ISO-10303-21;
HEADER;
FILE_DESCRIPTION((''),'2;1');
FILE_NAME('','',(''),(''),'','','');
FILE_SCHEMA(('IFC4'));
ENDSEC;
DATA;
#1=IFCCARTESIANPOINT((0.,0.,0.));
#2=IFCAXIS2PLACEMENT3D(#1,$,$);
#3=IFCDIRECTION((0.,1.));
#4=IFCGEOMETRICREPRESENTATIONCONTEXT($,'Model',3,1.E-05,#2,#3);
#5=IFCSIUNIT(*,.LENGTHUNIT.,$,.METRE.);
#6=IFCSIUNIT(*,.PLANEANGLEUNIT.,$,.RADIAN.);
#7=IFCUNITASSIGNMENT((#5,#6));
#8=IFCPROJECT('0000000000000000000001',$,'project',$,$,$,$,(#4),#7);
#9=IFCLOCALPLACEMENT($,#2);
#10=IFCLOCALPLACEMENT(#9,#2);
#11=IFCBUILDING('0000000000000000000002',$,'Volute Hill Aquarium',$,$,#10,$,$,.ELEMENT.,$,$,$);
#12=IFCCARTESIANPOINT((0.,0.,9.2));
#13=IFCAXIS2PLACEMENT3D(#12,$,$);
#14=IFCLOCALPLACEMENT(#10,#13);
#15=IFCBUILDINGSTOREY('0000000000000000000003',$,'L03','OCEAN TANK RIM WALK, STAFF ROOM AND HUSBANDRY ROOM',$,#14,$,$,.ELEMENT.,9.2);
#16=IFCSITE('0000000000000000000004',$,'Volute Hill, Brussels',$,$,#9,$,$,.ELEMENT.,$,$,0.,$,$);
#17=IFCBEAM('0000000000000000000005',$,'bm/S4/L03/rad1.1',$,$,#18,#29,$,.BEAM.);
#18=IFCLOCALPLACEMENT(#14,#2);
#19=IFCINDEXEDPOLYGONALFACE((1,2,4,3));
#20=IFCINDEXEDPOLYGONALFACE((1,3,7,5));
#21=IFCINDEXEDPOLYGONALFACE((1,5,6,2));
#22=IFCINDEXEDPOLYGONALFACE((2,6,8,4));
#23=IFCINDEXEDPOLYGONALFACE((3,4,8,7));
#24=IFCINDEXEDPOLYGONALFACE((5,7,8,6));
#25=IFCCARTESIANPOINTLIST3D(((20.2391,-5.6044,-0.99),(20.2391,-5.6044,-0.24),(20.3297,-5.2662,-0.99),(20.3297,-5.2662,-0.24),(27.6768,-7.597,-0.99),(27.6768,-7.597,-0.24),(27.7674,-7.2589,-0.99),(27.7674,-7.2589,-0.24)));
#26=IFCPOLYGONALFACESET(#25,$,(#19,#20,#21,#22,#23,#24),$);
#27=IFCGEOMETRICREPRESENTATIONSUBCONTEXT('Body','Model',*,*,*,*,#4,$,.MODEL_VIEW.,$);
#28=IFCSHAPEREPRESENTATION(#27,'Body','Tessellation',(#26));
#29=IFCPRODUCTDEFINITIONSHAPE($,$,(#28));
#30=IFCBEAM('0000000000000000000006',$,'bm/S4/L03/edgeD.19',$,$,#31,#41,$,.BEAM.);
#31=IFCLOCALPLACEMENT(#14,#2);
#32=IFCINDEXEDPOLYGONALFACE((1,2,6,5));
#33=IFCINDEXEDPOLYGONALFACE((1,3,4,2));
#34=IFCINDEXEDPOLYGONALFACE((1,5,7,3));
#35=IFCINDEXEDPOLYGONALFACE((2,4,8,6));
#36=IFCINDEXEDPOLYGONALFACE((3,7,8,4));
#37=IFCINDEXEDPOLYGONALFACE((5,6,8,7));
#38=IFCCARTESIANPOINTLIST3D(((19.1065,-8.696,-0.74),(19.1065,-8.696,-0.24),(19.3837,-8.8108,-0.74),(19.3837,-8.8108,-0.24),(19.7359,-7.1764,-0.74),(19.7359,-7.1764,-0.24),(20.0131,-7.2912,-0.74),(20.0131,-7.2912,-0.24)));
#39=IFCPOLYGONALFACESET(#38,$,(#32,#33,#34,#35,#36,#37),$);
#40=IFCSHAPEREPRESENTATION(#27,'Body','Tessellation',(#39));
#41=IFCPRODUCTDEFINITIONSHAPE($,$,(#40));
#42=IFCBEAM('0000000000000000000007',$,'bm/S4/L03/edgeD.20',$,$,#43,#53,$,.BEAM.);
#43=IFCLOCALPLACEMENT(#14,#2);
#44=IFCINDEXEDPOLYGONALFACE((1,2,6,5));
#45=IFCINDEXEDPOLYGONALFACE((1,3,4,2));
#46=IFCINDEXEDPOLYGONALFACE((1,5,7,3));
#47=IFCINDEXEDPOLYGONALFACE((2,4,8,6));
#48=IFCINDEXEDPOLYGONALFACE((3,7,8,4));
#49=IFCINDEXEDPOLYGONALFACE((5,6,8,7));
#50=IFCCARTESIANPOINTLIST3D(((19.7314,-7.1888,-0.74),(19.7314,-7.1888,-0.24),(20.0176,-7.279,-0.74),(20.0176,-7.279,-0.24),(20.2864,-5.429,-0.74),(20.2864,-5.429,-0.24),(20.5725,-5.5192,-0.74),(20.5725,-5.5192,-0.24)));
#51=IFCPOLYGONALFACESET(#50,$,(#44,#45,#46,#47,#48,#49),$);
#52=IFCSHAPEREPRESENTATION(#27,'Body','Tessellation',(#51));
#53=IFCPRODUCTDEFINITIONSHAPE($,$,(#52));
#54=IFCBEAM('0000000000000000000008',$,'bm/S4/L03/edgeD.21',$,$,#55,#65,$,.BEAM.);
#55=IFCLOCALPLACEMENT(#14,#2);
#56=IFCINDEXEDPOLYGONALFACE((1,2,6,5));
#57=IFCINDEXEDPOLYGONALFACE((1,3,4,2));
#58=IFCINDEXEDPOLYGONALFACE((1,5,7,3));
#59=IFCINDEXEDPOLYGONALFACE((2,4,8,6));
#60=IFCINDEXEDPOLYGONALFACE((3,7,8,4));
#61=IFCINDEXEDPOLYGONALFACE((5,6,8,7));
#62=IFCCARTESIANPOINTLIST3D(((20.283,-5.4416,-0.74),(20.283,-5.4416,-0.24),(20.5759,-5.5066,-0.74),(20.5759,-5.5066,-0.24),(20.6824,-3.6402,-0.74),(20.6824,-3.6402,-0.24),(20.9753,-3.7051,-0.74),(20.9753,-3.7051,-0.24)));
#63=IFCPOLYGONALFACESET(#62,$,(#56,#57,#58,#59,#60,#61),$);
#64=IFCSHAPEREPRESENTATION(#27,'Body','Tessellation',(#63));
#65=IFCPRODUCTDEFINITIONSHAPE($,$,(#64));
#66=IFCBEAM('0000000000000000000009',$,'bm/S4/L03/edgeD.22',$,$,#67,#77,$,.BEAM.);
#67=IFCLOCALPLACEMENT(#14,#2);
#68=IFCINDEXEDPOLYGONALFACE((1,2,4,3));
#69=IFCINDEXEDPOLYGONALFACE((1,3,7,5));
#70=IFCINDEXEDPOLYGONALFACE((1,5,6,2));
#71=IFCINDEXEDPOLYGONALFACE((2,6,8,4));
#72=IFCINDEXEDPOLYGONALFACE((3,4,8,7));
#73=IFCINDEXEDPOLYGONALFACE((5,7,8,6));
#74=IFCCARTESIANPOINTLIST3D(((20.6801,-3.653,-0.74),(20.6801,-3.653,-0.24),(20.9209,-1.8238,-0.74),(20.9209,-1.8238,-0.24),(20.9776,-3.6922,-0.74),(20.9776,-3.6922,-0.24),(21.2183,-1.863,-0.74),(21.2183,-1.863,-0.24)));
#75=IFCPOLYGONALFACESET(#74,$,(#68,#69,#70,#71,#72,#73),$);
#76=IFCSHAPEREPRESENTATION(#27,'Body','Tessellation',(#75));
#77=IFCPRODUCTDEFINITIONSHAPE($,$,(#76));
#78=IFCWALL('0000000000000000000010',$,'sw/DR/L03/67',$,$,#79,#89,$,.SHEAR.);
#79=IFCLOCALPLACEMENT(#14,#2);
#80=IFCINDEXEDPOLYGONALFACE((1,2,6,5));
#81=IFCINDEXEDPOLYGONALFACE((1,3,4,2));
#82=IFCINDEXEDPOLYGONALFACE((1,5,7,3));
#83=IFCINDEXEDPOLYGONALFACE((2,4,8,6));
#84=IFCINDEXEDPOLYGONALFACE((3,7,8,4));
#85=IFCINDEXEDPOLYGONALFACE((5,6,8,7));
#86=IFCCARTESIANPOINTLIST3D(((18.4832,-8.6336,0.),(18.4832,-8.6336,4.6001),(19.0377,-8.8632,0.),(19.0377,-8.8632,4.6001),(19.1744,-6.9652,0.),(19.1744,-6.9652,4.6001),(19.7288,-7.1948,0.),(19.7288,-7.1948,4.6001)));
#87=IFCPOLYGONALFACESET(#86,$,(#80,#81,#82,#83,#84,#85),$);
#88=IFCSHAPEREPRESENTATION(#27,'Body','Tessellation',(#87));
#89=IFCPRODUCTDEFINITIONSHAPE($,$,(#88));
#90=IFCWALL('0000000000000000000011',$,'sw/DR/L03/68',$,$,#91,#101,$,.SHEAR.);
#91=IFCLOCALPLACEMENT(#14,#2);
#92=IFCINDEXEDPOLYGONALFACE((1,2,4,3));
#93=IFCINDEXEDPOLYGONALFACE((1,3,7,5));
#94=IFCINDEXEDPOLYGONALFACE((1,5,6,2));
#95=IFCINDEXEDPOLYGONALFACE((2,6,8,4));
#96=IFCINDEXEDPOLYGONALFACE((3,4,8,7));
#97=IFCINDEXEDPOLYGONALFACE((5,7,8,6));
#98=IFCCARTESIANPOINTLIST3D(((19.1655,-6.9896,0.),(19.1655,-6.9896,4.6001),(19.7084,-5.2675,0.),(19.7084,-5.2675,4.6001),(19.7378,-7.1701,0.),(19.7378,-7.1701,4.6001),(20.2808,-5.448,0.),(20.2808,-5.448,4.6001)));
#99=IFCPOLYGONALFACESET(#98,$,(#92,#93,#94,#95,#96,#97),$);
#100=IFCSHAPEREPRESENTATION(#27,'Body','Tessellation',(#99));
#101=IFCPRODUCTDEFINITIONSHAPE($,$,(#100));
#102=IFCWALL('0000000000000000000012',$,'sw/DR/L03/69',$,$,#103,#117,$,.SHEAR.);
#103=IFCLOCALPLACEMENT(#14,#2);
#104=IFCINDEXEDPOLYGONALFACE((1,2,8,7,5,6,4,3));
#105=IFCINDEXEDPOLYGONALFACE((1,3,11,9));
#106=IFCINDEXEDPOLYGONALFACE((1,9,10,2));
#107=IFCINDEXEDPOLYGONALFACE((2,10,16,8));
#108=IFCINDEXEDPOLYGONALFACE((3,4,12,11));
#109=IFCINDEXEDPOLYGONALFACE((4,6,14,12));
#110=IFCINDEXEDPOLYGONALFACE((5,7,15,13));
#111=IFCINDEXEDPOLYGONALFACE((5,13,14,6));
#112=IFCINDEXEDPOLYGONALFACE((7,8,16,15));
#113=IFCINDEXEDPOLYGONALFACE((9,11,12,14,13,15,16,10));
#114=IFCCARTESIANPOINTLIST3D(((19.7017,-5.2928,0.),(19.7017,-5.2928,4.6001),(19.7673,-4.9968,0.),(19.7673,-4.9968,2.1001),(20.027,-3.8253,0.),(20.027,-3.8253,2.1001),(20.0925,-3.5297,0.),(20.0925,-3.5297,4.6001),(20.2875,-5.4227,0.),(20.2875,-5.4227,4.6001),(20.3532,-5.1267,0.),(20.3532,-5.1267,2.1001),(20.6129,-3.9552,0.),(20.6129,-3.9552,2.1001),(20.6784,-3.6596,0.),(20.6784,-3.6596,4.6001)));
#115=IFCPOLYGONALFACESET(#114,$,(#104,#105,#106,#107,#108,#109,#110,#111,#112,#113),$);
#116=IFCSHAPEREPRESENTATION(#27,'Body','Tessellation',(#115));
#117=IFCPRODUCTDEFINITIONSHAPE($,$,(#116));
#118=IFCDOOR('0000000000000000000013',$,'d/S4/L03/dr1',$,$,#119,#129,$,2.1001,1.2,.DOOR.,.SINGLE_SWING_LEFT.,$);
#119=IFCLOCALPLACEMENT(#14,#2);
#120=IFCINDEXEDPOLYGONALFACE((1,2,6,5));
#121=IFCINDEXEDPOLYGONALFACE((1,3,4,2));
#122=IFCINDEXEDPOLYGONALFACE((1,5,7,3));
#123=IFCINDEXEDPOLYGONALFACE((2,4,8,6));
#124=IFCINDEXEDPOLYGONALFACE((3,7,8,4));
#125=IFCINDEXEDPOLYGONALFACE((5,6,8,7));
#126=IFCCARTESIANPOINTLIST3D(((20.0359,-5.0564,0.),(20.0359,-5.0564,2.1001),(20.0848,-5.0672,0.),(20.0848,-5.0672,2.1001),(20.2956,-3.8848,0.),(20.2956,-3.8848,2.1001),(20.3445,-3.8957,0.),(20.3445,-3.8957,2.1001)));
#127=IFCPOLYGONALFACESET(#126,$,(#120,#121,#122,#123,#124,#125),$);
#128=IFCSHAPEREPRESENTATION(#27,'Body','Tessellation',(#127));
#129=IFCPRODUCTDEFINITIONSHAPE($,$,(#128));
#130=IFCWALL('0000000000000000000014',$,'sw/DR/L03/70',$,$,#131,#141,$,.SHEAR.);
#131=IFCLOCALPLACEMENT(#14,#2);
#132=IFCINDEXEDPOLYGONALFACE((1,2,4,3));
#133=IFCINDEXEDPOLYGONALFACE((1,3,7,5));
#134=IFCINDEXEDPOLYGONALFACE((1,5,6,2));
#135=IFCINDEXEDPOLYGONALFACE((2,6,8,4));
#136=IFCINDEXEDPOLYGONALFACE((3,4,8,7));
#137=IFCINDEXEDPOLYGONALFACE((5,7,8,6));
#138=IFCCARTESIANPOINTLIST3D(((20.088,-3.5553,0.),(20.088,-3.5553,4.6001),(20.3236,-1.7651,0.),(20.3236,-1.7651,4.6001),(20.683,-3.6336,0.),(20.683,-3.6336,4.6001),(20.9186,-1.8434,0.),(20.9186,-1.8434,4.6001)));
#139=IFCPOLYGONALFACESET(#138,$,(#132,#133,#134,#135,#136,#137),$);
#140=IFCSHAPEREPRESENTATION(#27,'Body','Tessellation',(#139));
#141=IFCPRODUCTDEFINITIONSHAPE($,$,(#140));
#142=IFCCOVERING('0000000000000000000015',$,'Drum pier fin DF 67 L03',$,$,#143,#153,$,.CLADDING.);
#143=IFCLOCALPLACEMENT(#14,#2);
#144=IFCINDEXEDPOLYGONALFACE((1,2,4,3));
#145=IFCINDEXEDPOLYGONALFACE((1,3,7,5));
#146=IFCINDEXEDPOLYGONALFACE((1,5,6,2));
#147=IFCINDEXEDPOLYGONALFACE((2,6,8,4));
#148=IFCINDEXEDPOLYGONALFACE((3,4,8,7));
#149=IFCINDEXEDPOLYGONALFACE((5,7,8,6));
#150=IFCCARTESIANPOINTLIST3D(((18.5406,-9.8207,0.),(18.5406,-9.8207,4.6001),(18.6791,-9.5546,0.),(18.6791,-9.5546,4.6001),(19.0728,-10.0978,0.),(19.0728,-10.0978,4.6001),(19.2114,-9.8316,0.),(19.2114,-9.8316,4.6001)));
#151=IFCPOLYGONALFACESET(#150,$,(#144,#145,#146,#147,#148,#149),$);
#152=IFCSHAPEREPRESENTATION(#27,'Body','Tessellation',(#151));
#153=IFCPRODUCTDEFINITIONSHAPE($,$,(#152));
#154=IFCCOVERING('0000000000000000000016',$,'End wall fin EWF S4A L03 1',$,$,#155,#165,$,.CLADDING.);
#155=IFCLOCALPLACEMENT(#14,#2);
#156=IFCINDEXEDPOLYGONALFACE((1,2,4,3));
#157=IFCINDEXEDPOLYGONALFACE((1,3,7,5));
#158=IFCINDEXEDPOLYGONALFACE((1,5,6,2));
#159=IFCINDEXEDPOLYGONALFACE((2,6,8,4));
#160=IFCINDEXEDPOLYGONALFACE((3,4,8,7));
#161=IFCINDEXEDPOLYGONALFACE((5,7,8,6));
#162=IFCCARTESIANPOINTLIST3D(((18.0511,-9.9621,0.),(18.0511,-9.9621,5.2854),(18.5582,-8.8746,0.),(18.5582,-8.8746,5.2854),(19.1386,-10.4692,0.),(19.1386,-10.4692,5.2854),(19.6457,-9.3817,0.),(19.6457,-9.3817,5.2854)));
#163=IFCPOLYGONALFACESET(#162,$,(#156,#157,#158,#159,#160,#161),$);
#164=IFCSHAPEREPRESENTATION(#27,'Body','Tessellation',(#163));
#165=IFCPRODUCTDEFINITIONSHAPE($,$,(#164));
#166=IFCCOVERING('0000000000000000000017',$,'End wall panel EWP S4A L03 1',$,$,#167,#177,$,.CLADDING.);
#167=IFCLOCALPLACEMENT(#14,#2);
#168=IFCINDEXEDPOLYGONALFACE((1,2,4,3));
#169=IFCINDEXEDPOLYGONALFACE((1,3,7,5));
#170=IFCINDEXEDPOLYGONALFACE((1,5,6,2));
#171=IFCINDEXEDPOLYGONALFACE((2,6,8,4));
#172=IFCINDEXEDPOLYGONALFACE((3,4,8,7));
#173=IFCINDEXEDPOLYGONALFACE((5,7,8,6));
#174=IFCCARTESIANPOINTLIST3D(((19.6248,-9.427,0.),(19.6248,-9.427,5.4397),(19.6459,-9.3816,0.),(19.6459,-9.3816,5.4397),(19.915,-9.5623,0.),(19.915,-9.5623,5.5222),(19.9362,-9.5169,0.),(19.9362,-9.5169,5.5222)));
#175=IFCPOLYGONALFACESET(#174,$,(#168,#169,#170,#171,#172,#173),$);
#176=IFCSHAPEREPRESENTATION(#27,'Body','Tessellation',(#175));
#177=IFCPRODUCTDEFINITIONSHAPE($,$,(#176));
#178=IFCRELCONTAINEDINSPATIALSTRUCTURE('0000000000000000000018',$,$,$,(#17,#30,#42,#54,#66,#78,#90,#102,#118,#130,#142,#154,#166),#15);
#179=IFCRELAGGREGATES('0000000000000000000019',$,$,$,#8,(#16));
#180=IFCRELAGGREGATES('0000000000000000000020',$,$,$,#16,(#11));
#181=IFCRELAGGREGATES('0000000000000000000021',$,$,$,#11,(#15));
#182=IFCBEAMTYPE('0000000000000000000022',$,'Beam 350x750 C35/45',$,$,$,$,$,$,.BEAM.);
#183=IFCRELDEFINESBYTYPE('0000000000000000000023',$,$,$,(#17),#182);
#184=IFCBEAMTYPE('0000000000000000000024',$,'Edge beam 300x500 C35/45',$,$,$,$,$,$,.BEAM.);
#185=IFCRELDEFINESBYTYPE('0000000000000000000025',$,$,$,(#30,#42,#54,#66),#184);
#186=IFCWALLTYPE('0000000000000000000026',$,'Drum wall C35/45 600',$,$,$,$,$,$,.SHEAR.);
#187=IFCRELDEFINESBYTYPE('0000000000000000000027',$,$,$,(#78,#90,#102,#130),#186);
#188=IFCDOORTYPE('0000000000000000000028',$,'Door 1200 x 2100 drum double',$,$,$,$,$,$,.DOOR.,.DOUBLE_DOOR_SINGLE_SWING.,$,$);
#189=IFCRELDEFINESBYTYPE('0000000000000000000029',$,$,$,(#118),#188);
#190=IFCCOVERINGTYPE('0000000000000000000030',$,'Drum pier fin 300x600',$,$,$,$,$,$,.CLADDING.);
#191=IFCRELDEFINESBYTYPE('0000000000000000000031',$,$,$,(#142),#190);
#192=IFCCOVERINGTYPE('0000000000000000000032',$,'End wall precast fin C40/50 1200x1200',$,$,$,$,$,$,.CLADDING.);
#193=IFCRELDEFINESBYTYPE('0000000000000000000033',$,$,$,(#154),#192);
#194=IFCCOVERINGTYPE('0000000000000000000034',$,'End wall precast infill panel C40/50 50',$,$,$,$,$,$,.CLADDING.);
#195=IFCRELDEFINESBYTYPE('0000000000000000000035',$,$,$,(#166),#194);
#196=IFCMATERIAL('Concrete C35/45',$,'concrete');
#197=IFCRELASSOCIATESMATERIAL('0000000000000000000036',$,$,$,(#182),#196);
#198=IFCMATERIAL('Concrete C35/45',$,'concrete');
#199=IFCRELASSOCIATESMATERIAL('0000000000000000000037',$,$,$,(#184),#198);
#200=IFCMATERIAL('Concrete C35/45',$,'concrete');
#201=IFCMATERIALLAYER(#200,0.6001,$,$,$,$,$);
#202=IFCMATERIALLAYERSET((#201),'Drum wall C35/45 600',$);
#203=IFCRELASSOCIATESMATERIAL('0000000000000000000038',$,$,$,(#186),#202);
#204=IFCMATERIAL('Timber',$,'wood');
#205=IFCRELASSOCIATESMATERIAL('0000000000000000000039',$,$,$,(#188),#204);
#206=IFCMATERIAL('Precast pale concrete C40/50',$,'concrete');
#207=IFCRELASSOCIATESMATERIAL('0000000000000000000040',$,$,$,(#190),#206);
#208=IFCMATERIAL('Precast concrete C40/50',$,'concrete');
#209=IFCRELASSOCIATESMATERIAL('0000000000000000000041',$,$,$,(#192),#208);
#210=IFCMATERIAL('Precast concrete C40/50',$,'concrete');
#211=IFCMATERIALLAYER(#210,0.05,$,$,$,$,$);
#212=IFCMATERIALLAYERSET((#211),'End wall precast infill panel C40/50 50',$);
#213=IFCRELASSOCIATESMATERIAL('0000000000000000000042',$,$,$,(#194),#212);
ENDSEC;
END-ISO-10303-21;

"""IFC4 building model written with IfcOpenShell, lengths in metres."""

from ifc_helpers import new_model, si_unit, direction, frame, frame_2d, origin, origin_2d, place, context, subcontext, project, spatial, polyline, rectangle, outline, extrude, material, layer, layer_set, material_profile, profile_set, type_object, element, fill, save


model = new_model("IFC4")

# Units and contexts
model_context = context("Model", 3, precision=1e-05, world=origin(), true_north=direction((0.0, 1.0)))
body_context = subcontext(model_context, "Body", "Model", "MODEL_VIEW")
ifc_project = project(units=[si_unit("LENGTHUNIT", "METRE"), si_unit("PLANEANGLEUNIT", "RADIAN")], contexts=[model_context])

# Site, building, storey
site_placement = place(None, origin())
site = spatial("IfcSite", under=ifc_project, at=site_placement, Name="Volute Hill, Brussels", CompositionType="ELEMENT", RefElevation=0.0)
building_placement = place(site_placement, origin())
building = spatial("IfcBuilding", under=site, at=building_placement, Name="Volute Hill Aquarium", CompositionType="ELEMENT")
storey_placement = place(building_placement, frame((0.0, 0.0, 9.2)))
storey = spatial("IfcBuildingStorey", under=building, at=storey_placement, Name="L03", Description="OCEAN TANK RIM WALK, STAFF ROOM AND HUSBANDRY ROOM", CompositionType="ELEMENT", Elevation=9.2)

# Beams
ifc_material_1 = material(Name="Concrete C35/45", Category="concrete")
ifc_material_profile_1 = material_profile(ifc_material_1, rectangle(XDim=0.3501, YDim=0.75, at=origin_2d()), Name="RC beam 350x750")
ifc_profile_set_1 = profile_set([ifc_material_profile_1], Name="Concrete C35/45")
beam_type_1 = type_object("IfcBeamType", Name="Beam 350x750 C35/45", PredefinedType="BEAM", material=ifc_profile_set_1)
beam_1_placement = place(storey_placement, frame((20.2844, -5.4353, -0.615), z_axis=(0.965934, -0.258787, 0.0), x_axis=(0.258787, 0.965934, 0.0)))
element("IfcBeam", 1, at=beam_1_placement, inside=storey, type_object=beam_type_1, Name="bm/S4/L03/rad1.1", PredefinedType="BEAM", context=body_context, shape_type="SweptSolid", body=[
    extrude(rectangle(XDim=0.3501, YDim=0.75, at=origin_2d()), origin(), (0.0, 0.0, 1.0), 7.7),
])
ifc_material_2 = material(Name="Concrete C35/45", Category="concrete")
ifc_material_profile_2 = material_profile(ifc_material_2, rectangle(XDim=0.3, YDim=0.5, at=origin_2d()), Name="RC edge beam 300x500")
ifc_profile_set_2 = profile_set([ifc_material_profile_2], Name="Concrete C35/45")
beam_type_2 = type_object("IfcBeamType", Name="Edge beam 300x500 C35/45", PredefinedType="BEAM", material=ifc_profile_set_2)
beam_2_placement = place(storey_placement, frame((19.2451, -8.7534, -0.49), z_axis=(0.382675, 0.923883, 0.0), x_axis=(-0.923883, 0.382675, 0.0)))
element("IfcBeam", 2, at=beam_2_placement, inside=storey, type_object=beam_type_2, Name="bm/S4/L03/edgeD.19", PredefinedType="BEAM", context=body_context, shape_type="SweptSolid", body=[
    extrude(rectangle(XDim=0.3, YDim=0.5, at=origin_2d()), origin(), (0.0, 0.0, 1.0), 1.6448),
])
for number, where, z_axis, x_axis, name in (
    (3, (19.8745, -7.2339, -0.49), (0.300745, 0.953705, 0.0), (-0.953705, 0.300745, 0.0), "bm/S4/L03/edgeD.20"),
    (4, (20.4294, -5.4741, -0.49), (0.216454, 0.976293, 0.0), (-0.976293, 0.216454, 0.0), "bm/S4/L03/edgeD.21"),
):
    element("IfcBeam", number, at=place(storey_placement, frame(where, z_axis=z_axis, x_axis=x_axis)), inside=storey, type_object=beam_type_2, Name=name, PredefinedType="BEAM", context=body_context, shape_type="SweptSolid", body=[
        extrude(rectangle(XDim=0.3, YDim=0.5, at=origin_2d()), origin(), (0.0, 0.0, 1.0), 1.8452),
    ])
beam_3_placement = place(storey_placement, frame((20.8289, -3.6726, -0.49), z_axis=(0.130482, 0.991451, 0.0), x_axis=(-0.991451, 0.130482, 0.0)))
element("IfcBeam", 5, at=beam_3_placement, inside=storey, type_object=beam_type_2, Name="bm/S4/L03/edgeD.22", PredefinedType="BEAM", context=body_context, shape_type="SweptSolid", body=[
    extrude(rectangle(XDim=0.3, YDim=0.5, at=origin_2d()), origin(), (0.0, 0.0, 1.0), 1.845),
])

# Walls
ifc_material_3 = material(Name="Concrete C35/45", Category="concrete")
ifc_layer_1 = layer(ifc_material_3, 0.6001)
ifc_layer_set_1 = layer_set([ifc_layer_1], Name="Drum wall C35/45 600")
wall_type_1 = type_object("IfcWallType", Name="Drum wall C35/45 600", PredefinedType="SHEAR", material=ifc_layer_set_1)
wall_1_placement = place(storey_placement, frame((18.7605, -8.7483, 0.0), z_axis=(0.0, 0.0, 1.0), x_axis=(0.382714, 0.923867, 0.0)))
element("IfcWall", 6, at=wall_1_placement, inside=storey, type_object=wall_type_1, Name="sw/DR/L03/67", PredefinedType="SHEAR", context=body_context, shape_type="SweptSolid", body=[
    extrude(rectangle(XDim=1.8059, YDim=0.6001, at=frame_2d((0.9028, 0.0))), origin(), (0.0, 0.0, 1.0), 4.6001),
])
wall_2_placement = place(storey_placement, frame((19.4517, -7.0798, 0.0), z_axis=(0.0, 0.0, 1.0), x_axis=(0.300691, 0.953722, 0.0)))
element("IfcWall", 7, at=wall_2_placement, inside=storey, type_object=wall_type_1, Name="sw/DR/L03/68", PredefinedType="SHEAR", context=body_context, shape_type="SweptSolid", body=[
    extrude(rectangle(XDim=1.8057, YDim=0.6001, at=frame_2d((0.9028, 0.0))), origin(), (0.0, 0.0, 1.0), 4.6001),
])

# Wall, opening, door
wall_3_placement = place(storey_placement, frame((19.9946, -5.3577, 0.0), z_axis=(0.0, 0.0, 1.0), x_axis=(0.216429, 0.976298, 0.0)))
wall_3 = element("IfcWall", 8, at=wall_3_placement, inside=storey, type_object=wall_type_1, Name="sw/DR/L03/69", PredefinedType="SHEAR", context=body_context, shape_type="SweptSolid", body=[
    extrude(rectangle(XDim=1.8059, YDim=0.6001, at=frame_2d((0.9028, 0.0))), origin(), (0.0, 0.0, 1.0), 4.6001),
])
opening_1_placement = place(wall_3_placement, frame((0.303, 0.0, 0.0)))
opening_1 = element("IfcOpeningElement", 9, at=opening_1_placement, cuts=wall_3, PredefinedType="OPENING", context=body_context, shape_type="SweptSolid", body=[
    extrude(rectangle(XDim=1.2, YDim=2.1001, at=frame_2d((0.6001, 1.05))), frame((0.0, 0.3101, 0.0), z_axis=(0.0, -1.0, 0.0), x_axis=(1.0, 0.0, 0.0)), (0.0, 0.0, 1.0), 0.6201),
])
ifc_material_4 = material(Name="Timber", Category="wood")
door_type = type_object("IfcDoorType", Name="Door 1200 x 2100 drum double", OperationType="DOUBLE_DOOR_SINGLE_SWING", PredefinedType="DOOR", material=ifc_material_4)
door_placement = place(opening_1_placement, origin())
door = element("IfcDoor", 10, at=door_placement, inside=storey, type_object=door_type, Name="d/S4/L03/dr1", OperationType="SINGLE_SWING_LEFT", OverallHeight=2.1001, OverallWidth=1.2, PredefinedType="DOOR", context=body_context, shape_type="SweptSolid", body=[
    extrude(rectangle(XDim=1.2, YDim=2.1001, at=frame_2d((0.6001, 1.05))), frame((0.0, 0.0249, 0.0), z_axis=(0.0, -1.0, 0.0), x_axis=(1.0, 0.0, 0.0)), (0.0, 0.0, 1.0), 0.05),
])
fill(opening_1, door)

# Wall
wall_4_placement = place(storey_placement, frame((20.3855, -3.5945, 0.0), z_axis=(0.0, 0.0, 1.0), x_axis=(0.130472, 0.991452, 0.0)))
element("IfcWall", 11, at=wall_4_placement, inside=storey, type_object=wall_type_1, Name="sw/DR/L03/70", PredefinedType="SHEAR", context=body_context, shape_type="SweptSolid", body=[
    extrude(rectangle(XDim=1.8057, YDim=0.6001, at=frame_2d((0.9028, 0.0))), origin(), (0.0, 0.0, 1.0), 4.6001),
])

# Coverings
ifc_material_5 = material(Name="Precast pale concrete C40/50", Category="concrete")
covering_type_1 = type_object("IfcCoveringType", Name="Drum pier fin 300x600", PredefinedType="CLADDING", material=ifc_material_5)
covering_1_placement = place(storey_placement, frame((18.876, -9.8262, 0.0), z_axis=(0.0, 0.0, 1.0), x_axis=(0.461749, 0.887011, 0.0)))
element("IfcCovering", 12, at=covering_1_placement, inside=storey, type_object=covering_type_1, Name="Drum pier fin DF 67 L03", PredefinedType="CLADDING", context=body_context, shape_type="SweptSolid", body=[
    extrude(rectangle(XDim=0.3, YDim=0.6001, at=origin_2d()), origin(), (0.0, 0.0, 1.0), 4.6001),
])
ifc_material_6 = material(Name="Precast concrete C40/50", Category="concrete")
covering_type_2 = type_object("IfcCoveringType", Name="End wall precast fin C40/50 1200x1200", PredefinedType="CLADDING", material=ifc_material_6)
covering_2_placement = place(storey_placement, frame((18.8484, -9.6719, 0.0), z_axis=(0.0, 0.0, 1.0), x_axis=(0.906307, -0.42262, 0.0)))
element("IfcCovering", 13, at=covering_2_placement, inside=storey, type_object=covering_type_2, Name="End wall fin EWF S4A L03 1", PredefinedType="CLADDING", context=body_context, shape_type="SweptSolid", body=[
    extrude(rectangle(XDim=1.2, YDim=1.2, at=origin_2d()), origin(), (0.0, 0.0, 1.0), 5.2854),
])
ifc_material_7 = material(Name="Precast concrete C40/50", Category="concrete")
ifc_layer_2 = layer(ifc_material_7, 0.05)
ifc_layer_set_2 = layer_set([ifc_layer_2], Name="End wall precast infill panel C40/50 50")
covering_type_3 = type_object("IfcCoveringType", Name="End wall precast infill panel C40/50 50", PredefinedType="CLADDING", material=ifc_layer_set_2)
covering_3_placement = place(storey_placement, frame((19.6248, -9.427, 0.0), z_axis=(-0.422343, -0.906436, 0.0), x_axis=(0.906436, -0.422343, 0.0)))
element("IfcCovering", 14, at=covering_3_placement, inside=storey, type_object=covering_type_3, Name="End wall panel EWP S4A L03 1", PredefinedType="CLADDING", context=body_context, shape_type="SweptSolid", body=[
    extrude(outline(polyline([(0.0, 0.0), (0.3202, 0.0), (0.3202, 5.5222), (0.0, 5.4397), (0.0, 0.0)])), origin(), (0.0, 0.0, -1.0), 0.05),
])

save(model, "model.ifc")
